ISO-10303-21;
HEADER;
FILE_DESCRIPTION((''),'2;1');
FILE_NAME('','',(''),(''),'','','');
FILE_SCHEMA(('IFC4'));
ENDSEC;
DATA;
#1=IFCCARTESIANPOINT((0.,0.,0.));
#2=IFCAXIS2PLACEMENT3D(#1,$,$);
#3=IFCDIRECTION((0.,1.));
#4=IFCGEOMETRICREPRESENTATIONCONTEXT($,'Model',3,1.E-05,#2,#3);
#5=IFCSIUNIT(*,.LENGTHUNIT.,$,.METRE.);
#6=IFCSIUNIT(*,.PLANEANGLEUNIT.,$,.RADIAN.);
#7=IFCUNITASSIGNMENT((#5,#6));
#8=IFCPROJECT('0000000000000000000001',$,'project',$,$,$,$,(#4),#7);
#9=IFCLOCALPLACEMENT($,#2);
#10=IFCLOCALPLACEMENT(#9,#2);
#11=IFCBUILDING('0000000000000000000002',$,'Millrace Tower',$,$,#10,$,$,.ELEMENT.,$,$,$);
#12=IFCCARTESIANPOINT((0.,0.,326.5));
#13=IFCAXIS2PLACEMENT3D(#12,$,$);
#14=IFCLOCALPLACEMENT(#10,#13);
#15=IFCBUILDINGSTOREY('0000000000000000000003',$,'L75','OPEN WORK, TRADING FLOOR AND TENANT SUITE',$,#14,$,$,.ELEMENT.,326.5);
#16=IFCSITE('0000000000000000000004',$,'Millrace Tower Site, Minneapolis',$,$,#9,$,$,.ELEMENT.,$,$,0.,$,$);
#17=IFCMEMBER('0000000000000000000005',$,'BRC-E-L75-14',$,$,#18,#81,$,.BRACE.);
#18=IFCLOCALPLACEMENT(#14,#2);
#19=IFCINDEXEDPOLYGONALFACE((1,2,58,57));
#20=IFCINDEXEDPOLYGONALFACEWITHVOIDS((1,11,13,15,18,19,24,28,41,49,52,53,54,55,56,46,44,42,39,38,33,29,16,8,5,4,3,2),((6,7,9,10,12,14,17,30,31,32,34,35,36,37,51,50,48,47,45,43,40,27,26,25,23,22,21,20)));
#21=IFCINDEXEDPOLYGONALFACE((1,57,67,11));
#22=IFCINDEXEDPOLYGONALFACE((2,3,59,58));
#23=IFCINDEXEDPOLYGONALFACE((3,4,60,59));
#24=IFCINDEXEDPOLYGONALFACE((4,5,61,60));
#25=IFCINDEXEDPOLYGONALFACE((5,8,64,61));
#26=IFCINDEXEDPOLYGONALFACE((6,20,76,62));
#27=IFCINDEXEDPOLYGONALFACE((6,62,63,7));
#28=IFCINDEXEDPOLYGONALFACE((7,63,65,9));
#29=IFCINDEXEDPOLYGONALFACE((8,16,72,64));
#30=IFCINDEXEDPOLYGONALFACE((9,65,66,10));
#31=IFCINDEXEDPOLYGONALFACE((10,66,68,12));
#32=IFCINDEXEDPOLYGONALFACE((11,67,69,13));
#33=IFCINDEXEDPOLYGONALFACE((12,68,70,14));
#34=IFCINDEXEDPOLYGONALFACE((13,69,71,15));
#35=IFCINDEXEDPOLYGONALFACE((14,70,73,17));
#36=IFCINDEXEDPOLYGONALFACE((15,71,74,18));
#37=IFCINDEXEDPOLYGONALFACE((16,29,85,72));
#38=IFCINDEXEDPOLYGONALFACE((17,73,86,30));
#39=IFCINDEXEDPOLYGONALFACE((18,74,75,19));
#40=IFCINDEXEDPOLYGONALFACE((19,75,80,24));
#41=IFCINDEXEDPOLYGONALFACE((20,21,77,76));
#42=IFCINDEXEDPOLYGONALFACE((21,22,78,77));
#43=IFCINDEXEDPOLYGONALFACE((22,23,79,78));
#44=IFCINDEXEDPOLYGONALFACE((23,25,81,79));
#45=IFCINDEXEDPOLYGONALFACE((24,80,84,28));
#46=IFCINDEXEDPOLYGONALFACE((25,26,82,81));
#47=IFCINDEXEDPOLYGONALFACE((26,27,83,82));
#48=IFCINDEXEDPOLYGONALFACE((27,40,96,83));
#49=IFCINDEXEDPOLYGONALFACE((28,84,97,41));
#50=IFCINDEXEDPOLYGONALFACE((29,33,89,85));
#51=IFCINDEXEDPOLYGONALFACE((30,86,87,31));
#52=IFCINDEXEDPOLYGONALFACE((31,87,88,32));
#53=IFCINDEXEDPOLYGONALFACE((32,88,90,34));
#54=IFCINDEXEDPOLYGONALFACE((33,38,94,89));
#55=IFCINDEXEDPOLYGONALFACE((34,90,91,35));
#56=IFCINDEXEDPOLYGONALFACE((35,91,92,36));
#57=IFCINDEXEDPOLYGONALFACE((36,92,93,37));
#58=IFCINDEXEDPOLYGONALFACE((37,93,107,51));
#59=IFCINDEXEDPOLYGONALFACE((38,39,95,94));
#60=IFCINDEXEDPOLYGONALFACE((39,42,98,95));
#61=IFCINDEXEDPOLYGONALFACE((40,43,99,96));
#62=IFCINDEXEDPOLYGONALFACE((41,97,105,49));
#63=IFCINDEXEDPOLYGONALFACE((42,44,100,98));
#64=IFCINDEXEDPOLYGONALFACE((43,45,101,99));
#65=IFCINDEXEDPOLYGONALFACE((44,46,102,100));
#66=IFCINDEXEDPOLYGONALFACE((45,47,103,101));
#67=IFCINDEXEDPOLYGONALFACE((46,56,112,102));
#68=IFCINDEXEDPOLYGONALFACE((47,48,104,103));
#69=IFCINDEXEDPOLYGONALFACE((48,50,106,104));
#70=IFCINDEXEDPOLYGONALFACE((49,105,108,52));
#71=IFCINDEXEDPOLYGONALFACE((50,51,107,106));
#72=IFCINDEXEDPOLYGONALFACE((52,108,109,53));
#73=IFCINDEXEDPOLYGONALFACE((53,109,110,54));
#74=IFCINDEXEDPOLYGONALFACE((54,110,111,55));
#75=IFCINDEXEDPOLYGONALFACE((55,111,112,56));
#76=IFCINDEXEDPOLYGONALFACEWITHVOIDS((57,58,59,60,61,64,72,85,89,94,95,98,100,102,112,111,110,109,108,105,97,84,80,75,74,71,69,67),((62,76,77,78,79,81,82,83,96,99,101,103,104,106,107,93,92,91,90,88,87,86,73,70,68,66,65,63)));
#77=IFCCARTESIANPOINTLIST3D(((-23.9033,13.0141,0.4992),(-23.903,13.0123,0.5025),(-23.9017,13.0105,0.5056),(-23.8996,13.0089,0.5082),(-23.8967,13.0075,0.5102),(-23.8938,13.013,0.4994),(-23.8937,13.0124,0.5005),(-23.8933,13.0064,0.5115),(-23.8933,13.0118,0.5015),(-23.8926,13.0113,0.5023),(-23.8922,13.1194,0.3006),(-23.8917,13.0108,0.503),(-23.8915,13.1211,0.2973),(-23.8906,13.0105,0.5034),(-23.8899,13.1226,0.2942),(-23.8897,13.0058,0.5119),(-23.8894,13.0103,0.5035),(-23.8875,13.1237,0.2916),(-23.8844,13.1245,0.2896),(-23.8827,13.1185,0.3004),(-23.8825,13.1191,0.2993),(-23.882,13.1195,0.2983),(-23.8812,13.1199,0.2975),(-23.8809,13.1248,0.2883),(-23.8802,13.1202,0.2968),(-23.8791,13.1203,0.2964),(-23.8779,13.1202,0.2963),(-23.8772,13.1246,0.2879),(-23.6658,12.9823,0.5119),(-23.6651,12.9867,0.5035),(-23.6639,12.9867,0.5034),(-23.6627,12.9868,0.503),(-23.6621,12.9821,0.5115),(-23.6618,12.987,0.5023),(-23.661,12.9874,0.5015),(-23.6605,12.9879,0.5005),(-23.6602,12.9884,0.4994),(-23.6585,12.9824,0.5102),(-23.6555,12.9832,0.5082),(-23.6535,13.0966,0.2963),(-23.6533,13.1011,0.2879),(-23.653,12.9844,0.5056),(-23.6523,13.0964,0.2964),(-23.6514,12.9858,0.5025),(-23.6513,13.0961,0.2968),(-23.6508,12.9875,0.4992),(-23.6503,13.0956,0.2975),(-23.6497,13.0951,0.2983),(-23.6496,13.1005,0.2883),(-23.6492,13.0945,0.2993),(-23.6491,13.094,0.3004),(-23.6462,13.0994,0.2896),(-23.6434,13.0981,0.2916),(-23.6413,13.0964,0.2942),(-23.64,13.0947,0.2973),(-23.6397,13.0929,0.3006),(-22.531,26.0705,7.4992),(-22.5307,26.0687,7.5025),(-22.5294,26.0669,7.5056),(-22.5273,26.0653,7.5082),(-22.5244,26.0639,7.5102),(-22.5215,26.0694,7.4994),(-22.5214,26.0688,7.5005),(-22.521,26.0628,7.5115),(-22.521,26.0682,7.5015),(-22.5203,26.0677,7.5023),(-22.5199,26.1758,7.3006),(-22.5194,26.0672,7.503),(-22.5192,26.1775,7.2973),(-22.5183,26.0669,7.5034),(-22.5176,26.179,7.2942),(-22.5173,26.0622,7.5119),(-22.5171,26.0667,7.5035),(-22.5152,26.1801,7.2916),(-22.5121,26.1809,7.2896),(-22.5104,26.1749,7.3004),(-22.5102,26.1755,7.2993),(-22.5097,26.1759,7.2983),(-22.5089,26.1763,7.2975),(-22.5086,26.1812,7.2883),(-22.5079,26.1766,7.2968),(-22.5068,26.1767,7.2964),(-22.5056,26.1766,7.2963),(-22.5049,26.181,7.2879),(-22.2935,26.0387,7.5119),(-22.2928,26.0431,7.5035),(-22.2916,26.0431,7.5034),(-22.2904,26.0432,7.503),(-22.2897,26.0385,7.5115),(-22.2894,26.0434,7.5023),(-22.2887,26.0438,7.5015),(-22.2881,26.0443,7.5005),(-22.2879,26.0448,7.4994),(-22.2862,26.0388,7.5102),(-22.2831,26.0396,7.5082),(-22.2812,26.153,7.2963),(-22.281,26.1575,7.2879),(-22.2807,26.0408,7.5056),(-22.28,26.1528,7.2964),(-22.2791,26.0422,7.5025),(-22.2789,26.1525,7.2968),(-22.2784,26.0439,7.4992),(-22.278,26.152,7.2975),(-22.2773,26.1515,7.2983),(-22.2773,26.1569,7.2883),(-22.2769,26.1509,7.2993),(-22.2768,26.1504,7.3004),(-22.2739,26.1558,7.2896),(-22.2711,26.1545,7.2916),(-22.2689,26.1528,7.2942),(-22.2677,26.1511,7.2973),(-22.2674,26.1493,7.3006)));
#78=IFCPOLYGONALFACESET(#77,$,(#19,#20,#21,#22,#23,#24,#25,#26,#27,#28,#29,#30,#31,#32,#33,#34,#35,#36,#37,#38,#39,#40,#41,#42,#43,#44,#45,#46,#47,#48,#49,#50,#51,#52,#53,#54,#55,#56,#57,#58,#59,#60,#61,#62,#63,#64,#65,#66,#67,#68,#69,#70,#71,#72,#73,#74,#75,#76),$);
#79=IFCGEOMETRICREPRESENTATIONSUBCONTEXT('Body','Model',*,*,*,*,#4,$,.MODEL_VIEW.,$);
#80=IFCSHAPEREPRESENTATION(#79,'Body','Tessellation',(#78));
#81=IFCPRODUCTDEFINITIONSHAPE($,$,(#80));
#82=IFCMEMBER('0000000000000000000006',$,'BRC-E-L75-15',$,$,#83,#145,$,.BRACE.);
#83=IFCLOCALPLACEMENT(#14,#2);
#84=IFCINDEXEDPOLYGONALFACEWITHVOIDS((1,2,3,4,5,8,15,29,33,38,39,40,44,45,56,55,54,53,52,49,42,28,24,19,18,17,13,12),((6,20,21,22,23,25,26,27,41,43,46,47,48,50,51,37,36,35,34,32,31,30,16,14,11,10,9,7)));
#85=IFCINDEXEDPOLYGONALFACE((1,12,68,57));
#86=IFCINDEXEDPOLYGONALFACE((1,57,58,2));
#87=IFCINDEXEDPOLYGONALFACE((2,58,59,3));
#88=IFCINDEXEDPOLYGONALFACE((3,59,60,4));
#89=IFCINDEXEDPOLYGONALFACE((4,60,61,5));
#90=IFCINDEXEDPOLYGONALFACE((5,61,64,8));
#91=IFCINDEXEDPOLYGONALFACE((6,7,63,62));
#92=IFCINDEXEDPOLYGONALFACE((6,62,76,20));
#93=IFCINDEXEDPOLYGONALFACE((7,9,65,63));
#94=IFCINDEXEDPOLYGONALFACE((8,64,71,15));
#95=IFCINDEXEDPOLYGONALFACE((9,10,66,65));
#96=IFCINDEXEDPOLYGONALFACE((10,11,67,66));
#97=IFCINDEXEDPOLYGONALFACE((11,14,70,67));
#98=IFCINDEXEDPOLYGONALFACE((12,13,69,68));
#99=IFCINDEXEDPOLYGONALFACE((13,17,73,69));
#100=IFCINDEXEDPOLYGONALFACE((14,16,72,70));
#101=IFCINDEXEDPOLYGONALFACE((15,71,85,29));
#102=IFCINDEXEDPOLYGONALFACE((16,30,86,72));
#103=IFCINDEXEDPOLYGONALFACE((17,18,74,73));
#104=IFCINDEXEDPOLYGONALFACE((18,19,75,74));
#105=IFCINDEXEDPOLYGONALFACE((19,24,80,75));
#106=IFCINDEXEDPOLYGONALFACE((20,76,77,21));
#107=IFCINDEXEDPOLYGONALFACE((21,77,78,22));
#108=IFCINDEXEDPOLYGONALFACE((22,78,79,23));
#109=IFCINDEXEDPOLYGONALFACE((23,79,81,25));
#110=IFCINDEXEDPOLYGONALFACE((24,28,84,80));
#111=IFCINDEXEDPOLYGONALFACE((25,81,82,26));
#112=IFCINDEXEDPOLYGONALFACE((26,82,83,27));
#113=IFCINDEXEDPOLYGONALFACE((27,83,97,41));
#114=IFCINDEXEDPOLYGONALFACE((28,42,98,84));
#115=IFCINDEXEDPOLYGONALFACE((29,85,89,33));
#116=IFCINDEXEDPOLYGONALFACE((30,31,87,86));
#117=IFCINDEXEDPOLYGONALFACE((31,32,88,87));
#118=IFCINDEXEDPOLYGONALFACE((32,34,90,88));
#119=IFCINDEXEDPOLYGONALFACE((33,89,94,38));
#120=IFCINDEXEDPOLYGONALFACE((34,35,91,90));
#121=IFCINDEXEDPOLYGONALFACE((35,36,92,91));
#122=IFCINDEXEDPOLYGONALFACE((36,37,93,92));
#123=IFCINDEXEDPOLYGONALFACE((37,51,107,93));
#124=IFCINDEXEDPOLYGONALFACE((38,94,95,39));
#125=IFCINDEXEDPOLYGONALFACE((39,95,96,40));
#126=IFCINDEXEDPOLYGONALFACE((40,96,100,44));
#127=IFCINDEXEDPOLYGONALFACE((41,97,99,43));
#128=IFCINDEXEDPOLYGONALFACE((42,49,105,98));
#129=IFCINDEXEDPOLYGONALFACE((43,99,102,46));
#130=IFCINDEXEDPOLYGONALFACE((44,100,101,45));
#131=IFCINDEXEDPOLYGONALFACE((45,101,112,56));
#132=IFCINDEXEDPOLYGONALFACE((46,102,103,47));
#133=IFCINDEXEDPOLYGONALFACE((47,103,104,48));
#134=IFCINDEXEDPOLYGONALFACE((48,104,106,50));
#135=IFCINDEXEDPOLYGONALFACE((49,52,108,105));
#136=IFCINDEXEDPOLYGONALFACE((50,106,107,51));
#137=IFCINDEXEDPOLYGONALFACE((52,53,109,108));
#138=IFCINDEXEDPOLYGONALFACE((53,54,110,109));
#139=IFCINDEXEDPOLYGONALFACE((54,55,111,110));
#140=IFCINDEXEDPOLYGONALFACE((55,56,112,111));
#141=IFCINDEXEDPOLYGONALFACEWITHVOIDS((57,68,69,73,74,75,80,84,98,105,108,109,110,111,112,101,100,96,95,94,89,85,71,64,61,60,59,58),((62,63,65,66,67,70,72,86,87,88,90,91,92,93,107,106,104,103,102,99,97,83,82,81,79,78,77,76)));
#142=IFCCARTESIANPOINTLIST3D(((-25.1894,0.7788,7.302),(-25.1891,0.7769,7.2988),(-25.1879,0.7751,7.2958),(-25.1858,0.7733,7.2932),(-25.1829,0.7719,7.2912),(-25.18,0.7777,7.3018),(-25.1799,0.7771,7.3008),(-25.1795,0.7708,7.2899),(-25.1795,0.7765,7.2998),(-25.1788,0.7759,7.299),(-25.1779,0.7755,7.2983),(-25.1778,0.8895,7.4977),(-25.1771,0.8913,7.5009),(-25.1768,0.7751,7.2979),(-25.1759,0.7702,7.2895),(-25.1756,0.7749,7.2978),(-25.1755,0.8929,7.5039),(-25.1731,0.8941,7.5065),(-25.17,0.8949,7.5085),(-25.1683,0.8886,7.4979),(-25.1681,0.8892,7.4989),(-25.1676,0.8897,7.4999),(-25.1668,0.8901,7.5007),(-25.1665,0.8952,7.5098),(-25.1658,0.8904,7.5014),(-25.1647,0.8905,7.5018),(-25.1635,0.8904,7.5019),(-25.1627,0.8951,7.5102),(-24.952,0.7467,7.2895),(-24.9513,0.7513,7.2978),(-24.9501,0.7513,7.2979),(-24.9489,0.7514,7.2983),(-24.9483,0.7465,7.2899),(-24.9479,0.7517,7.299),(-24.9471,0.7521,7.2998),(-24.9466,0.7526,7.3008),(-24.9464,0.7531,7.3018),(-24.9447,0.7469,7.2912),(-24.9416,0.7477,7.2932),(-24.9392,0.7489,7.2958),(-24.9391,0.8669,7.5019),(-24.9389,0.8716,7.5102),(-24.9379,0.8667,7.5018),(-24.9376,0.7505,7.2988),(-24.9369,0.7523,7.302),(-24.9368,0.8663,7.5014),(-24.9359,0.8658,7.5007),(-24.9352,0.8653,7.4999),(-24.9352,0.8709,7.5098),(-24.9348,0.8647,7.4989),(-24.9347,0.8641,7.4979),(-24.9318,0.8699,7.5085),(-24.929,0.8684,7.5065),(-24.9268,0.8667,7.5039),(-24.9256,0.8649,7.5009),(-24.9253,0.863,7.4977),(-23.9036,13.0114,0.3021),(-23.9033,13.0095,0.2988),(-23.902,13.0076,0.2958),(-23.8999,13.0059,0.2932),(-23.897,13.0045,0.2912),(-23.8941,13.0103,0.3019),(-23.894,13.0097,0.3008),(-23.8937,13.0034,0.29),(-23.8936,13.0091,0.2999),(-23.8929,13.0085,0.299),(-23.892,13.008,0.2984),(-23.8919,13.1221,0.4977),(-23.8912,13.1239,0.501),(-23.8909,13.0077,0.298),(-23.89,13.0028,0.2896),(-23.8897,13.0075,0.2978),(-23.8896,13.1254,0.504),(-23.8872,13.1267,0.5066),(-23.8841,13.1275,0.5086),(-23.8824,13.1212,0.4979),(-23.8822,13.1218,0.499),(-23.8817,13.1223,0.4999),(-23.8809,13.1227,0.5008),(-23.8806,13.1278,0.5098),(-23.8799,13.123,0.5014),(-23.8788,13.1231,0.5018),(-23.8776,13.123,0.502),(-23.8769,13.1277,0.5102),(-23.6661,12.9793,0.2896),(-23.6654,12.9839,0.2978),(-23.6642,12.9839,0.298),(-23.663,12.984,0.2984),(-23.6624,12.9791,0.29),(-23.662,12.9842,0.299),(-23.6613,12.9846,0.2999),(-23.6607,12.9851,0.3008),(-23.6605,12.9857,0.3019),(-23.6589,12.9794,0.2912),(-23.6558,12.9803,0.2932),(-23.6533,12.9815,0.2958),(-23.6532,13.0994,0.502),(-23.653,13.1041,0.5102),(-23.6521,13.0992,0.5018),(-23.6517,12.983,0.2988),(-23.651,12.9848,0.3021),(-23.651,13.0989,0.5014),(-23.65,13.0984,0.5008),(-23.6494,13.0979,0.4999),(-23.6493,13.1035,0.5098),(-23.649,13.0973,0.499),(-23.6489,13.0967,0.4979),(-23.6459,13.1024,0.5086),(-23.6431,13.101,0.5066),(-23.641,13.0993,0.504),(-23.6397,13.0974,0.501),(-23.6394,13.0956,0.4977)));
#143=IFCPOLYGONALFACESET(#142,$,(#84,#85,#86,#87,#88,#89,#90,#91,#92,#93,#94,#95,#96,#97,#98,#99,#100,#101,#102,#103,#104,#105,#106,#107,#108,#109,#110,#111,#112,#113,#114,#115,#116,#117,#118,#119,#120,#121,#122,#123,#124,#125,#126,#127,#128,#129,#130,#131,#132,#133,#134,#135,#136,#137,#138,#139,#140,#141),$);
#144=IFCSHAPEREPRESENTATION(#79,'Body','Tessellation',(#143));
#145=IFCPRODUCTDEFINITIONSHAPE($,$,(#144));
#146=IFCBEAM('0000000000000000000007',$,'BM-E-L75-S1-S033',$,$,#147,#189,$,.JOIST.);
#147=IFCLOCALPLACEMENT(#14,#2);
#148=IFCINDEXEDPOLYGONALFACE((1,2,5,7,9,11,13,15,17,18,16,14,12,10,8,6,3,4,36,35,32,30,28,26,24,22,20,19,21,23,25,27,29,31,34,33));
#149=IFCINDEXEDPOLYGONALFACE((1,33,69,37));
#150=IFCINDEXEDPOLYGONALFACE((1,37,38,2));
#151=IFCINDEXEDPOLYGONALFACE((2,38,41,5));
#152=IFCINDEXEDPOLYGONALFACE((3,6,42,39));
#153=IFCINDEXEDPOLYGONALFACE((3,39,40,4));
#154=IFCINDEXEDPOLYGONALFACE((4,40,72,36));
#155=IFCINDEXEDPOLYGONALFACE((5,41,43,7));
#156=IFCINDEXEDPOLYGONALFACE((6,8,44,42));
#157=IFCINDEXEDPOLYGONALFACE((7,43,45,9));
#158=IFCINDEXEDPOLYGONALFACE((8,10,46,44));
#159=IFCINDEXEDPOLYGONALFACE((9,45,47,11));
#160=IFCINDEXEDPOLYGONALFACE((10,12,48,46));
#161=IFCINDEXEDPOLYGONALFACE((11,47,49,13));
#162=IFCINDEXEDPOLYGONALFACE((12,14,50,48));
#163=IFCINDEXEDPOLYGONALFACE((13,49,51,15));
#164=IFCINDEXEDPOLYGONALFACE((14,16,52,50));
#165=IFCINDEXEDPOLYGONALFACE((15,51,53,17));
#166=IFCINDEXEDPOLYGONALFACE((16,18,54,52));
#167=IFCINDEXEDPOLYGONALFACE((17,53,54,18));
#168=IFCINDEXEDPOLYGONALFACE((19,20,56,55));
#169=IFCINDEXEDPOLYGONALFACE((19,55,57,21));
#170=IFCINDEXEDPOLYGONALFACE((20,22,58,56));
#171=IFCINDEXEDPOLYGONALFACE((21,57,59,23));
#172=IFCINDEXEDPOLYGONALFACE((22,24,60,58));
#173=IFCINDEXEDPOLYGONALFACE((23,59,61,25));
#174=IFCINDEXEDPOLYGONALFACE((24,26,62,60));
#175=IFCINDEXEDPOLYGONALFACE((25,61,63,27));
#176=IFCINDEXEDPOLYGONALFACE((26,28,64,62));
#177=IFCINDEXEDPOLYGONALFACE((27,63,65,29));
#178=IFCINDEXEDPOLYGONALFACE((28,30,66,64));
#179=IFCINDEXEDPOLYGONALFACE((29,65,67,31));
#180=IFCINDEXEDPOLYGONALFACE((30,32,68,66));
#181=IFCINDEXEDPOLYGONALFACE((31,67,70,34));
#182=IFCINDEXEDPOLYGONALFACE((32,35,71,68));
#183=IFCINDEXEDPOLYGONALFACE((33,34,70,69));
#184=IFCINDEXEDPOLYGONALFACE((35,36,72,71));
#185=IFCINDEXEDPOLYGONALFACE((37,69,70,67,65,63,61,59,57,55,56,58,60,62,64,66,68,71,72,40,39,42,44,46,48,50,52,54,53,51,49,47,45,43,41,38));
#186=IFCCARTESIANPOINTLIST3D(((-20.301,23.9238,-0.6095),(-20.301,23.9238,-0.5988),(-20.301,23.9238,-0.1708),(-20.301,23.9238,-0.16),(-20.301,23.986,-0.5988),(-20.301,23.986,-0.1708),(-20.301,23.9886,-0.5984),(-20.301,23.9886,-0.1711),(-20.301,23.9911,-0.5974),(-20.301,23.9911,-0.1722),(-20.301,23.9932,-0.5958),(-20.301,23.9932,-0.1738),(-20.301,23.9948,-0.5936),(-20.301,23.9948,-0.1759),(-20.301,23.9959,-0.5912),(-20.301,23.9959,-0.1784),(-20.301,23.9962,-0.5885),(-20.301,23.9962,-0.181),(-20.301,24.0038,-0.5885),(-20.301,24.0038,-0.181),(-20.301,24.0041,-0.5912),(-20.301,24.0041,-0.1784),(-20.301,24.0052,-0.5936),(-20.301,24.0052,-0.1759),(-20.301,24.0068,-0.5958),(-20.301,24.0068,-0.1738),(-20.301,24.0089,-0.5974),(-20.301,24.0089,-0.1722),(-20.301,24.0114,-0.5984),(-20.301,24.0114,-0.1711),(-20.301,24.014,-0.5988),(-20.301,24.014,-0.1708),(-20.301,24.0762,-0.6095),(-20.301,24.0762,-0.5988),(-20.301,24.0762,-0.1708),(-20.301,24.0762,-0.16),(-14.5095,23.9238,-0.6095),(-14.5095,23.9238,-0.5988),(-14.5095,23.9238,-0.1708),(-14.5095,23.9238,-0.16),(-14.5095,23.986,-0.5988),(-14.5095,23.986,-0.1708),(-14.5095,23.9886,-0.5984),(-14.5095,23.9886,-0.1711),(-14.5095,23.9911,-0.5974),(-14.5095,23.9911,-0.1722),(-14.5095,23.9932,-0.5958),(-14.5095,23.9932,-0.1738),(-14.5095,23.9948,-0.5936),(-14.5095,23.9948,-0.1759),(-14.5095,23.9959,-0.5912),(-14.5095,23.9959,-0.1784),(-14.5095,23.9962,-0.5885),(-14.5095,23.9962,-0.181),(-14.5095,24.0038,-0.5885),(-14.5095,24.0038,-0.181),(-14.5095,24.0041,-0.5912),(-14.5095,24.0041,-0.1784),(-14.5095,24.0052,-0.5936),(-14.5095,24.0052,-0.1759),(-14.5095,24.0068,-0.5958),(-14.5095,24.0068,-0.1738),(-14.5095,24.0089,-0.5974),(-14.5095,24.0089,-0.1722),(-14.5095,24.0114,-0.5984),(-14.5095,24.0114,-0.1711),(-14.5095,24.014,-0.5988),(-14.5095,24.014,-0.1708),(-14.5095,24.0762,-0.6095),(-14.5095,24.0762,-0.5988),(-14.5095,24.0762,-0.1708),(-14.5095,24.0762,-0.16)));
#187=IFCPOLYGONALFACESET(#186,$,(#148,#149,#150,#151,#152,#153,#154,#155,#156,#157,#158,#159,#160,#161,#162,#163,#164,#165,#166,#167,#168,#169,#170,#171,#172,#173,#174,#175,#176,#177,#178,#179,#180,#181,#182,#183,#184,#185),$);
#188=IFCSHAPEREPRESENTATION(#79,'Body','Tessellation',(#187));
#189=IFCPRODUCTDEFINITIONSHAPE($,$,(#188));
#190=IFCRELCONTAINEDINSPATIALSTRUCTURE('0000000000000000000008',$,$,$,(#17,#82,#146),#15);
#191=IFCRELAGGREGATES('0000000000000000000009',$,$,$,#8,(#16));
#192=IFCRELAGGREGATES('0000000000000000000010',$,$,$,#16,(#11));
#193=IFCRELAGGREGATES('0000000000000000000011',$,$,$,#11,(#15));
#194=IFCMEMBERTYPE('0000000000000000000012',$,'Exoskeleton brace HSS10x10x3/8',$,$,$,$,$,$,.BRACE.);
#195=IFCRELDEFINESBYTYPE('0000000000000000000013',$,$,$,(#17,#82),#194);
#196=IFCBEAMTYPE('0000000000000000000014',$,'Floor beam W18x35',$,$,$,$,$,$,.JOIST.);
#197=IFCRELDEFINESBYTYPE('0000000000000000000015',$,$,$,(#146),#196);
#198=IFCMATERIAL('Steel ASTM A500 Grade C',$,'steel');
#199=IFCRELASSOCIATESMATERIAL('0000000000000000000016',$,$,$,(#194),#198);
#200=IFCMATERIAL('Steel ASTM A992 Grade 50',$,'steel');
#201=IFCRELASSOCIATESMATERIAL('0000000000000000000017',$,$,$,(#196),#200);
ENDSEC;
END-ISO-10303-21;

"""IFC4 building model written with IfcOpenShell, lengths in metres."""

from ifc_helpers import new_model, si_unit, direction, frame, origin, origin_2d, place, context, subcontext, project, spatial, hollow_rectangle, i_section, extrude, material, material_profile, profile_set, type_object, element, save


model = new_model("IFC4")

# Units and contexts
model_context = context("Model", 3, precision=1e-05, world=origin(), true_north=direction((0.0, 1.0)))
body_context = subcontext(model_context, "Body", "Model", "MODEL_VIEW")
ifc_project = project(units=[si_unit("LENGTHUNIT", "METRE"), si_unit("PLANEANGLEUNIT", "RADIAN")], contexts=[model_context])

# Site, building, storey
site_placement = place(None, origin())
site = spatial("IfcSite", under=ifc_project, at=site_placement, Name="Millrace Tower Site, Minneapolis", CompositionType="ELEMENT", RefElevation=0.0)
building_placement = place(site_placement, origin())
building = spatial("IfcBuilding", under=site, at=building_placement, Name="Millrace Tower", CompositionType="ELEMENT")
storey_placement = place(building_placement, frame((0.0, 0.0, 326.5)))
storey = spatial("IfcBuildingStorey", under=building, at=storey_placement, Name="L75", Description="OPEN WORK, TRADING FLOOR AND TENANT SUITE", CompositionType="ELEMENT", Elevation=326.5)

# Members
ifc_material_1 = material(Name="Steel ASTM A500 Grade C", Category="steel")
ifc_material_profile_1 = material_profile(ifc_material_1, hollow_rectangle(XDim=0.2539, YDim=0.2539, WallThickness=0.0095, InnerFilletRadius=0.0046, OuterFilletRadius=0.0144, at=origin_2d()))
ifc_profile_set_1 = profile_set([ifc_material_profile_1], Name="Steel ASTM A500 Grade C")
member_type_1 = type_object("IfcMemberType", Name="Exoskeleton brace HSS10x10x3/8", PredefinedType="BRACE", material=ifc_profile_set_1)
member_1_placement = place(storey_placement, frame((-23.7715, 13.0535, 0.3999), z_axis=(0.092238, 0.877568, 0.470496), x_axis=(-0.994522, 0.104531, 0.0)))
element("IfcMember", 1, at=member_1_placement, inside=storey, type_object=member_type_1, Name="BRC-E-L75-14", PredefinedType="BRACE", context=body_context, shape_type="SweptSolid", body=[
    extrude(hollow_rectangle(XDim=0.2539, YDim=0.2539, WallThickness=0.0095, InnerFilletRadius=0.0046, OuterFilletRadius=0.0144, at=origin_2d()), origin(), (0.0, 0.0, 1.0), 14.8779),
])
member_2_placement = place(storey_placement, frame((-23.7715, 13.0535, 0.3999), z_axis=(-0.09086, -0.86435, 0.494614), x_axis=(0.99452, -0.104543, 0.0)))
element("IfcMember", 2, at=member_2_placement, inside=storey, type_object=member_type_1, Name="BRC-E-L75-15", PredefinedType="BRACE", context=body_context, shape_type="SweptSolid", body=[
    extrude(hollow_rectangle(XDim=0.2539, YDim=0.2539, WallThickness=0.0095, InnerFilletRadius=0.0046, OuterFilletRadius=0.0144, at=origin_2d()), origin(), (0.0, 0.0, 1.0), 14.1523),
])

# Beam
ifc_material_2 = material(Name="Steel ASTM A992 Grade 50", Category="steel")
ifc_material_profile_2 = material_profile(ifc_material_2, i_section(OverallWidth=0.1523, OverallDepth=0.4495, WebThickness=0.0076, FlangeThickness=0.0107, FilletRadius=0.0103, at=origin_2d()))
ifc_profile_set_2 = profile_set([ifc_material_profile_2], Name="Steel ASTM A992 Grade 50")
beam_type_1 = type_object("IfcBeamType", Name="Floor beam W18x35", PredefinedType="JOIST", material=ifc_profile_set_2)
beam_1_placement = place(storey_placement, frame((-20.301, 24.0, -0.3848), z_axis=(1.0, 0.0, 0.0), x_axis=(0.0, 1.0, 0.0)))
element("IfcBeam", 3, at=beam_1_placement, inside=storey, type_object=beam_type_1, Name="BM-E-L75-S1-S033", PredefinedType="JOIST", context=body_context, shape_type="SweptSolid", body=[
    extrude(i_section(OverallWidth=0.1523, OverallDepth=0.4495, WebThickness=0.0076, FlangeThickness=0.0107, FilletRadius=0.0103, at=origin_2d()), origin(), (0.0, 0.0, 1.0), 5.7915),
])

save(model, "model.ifc")
